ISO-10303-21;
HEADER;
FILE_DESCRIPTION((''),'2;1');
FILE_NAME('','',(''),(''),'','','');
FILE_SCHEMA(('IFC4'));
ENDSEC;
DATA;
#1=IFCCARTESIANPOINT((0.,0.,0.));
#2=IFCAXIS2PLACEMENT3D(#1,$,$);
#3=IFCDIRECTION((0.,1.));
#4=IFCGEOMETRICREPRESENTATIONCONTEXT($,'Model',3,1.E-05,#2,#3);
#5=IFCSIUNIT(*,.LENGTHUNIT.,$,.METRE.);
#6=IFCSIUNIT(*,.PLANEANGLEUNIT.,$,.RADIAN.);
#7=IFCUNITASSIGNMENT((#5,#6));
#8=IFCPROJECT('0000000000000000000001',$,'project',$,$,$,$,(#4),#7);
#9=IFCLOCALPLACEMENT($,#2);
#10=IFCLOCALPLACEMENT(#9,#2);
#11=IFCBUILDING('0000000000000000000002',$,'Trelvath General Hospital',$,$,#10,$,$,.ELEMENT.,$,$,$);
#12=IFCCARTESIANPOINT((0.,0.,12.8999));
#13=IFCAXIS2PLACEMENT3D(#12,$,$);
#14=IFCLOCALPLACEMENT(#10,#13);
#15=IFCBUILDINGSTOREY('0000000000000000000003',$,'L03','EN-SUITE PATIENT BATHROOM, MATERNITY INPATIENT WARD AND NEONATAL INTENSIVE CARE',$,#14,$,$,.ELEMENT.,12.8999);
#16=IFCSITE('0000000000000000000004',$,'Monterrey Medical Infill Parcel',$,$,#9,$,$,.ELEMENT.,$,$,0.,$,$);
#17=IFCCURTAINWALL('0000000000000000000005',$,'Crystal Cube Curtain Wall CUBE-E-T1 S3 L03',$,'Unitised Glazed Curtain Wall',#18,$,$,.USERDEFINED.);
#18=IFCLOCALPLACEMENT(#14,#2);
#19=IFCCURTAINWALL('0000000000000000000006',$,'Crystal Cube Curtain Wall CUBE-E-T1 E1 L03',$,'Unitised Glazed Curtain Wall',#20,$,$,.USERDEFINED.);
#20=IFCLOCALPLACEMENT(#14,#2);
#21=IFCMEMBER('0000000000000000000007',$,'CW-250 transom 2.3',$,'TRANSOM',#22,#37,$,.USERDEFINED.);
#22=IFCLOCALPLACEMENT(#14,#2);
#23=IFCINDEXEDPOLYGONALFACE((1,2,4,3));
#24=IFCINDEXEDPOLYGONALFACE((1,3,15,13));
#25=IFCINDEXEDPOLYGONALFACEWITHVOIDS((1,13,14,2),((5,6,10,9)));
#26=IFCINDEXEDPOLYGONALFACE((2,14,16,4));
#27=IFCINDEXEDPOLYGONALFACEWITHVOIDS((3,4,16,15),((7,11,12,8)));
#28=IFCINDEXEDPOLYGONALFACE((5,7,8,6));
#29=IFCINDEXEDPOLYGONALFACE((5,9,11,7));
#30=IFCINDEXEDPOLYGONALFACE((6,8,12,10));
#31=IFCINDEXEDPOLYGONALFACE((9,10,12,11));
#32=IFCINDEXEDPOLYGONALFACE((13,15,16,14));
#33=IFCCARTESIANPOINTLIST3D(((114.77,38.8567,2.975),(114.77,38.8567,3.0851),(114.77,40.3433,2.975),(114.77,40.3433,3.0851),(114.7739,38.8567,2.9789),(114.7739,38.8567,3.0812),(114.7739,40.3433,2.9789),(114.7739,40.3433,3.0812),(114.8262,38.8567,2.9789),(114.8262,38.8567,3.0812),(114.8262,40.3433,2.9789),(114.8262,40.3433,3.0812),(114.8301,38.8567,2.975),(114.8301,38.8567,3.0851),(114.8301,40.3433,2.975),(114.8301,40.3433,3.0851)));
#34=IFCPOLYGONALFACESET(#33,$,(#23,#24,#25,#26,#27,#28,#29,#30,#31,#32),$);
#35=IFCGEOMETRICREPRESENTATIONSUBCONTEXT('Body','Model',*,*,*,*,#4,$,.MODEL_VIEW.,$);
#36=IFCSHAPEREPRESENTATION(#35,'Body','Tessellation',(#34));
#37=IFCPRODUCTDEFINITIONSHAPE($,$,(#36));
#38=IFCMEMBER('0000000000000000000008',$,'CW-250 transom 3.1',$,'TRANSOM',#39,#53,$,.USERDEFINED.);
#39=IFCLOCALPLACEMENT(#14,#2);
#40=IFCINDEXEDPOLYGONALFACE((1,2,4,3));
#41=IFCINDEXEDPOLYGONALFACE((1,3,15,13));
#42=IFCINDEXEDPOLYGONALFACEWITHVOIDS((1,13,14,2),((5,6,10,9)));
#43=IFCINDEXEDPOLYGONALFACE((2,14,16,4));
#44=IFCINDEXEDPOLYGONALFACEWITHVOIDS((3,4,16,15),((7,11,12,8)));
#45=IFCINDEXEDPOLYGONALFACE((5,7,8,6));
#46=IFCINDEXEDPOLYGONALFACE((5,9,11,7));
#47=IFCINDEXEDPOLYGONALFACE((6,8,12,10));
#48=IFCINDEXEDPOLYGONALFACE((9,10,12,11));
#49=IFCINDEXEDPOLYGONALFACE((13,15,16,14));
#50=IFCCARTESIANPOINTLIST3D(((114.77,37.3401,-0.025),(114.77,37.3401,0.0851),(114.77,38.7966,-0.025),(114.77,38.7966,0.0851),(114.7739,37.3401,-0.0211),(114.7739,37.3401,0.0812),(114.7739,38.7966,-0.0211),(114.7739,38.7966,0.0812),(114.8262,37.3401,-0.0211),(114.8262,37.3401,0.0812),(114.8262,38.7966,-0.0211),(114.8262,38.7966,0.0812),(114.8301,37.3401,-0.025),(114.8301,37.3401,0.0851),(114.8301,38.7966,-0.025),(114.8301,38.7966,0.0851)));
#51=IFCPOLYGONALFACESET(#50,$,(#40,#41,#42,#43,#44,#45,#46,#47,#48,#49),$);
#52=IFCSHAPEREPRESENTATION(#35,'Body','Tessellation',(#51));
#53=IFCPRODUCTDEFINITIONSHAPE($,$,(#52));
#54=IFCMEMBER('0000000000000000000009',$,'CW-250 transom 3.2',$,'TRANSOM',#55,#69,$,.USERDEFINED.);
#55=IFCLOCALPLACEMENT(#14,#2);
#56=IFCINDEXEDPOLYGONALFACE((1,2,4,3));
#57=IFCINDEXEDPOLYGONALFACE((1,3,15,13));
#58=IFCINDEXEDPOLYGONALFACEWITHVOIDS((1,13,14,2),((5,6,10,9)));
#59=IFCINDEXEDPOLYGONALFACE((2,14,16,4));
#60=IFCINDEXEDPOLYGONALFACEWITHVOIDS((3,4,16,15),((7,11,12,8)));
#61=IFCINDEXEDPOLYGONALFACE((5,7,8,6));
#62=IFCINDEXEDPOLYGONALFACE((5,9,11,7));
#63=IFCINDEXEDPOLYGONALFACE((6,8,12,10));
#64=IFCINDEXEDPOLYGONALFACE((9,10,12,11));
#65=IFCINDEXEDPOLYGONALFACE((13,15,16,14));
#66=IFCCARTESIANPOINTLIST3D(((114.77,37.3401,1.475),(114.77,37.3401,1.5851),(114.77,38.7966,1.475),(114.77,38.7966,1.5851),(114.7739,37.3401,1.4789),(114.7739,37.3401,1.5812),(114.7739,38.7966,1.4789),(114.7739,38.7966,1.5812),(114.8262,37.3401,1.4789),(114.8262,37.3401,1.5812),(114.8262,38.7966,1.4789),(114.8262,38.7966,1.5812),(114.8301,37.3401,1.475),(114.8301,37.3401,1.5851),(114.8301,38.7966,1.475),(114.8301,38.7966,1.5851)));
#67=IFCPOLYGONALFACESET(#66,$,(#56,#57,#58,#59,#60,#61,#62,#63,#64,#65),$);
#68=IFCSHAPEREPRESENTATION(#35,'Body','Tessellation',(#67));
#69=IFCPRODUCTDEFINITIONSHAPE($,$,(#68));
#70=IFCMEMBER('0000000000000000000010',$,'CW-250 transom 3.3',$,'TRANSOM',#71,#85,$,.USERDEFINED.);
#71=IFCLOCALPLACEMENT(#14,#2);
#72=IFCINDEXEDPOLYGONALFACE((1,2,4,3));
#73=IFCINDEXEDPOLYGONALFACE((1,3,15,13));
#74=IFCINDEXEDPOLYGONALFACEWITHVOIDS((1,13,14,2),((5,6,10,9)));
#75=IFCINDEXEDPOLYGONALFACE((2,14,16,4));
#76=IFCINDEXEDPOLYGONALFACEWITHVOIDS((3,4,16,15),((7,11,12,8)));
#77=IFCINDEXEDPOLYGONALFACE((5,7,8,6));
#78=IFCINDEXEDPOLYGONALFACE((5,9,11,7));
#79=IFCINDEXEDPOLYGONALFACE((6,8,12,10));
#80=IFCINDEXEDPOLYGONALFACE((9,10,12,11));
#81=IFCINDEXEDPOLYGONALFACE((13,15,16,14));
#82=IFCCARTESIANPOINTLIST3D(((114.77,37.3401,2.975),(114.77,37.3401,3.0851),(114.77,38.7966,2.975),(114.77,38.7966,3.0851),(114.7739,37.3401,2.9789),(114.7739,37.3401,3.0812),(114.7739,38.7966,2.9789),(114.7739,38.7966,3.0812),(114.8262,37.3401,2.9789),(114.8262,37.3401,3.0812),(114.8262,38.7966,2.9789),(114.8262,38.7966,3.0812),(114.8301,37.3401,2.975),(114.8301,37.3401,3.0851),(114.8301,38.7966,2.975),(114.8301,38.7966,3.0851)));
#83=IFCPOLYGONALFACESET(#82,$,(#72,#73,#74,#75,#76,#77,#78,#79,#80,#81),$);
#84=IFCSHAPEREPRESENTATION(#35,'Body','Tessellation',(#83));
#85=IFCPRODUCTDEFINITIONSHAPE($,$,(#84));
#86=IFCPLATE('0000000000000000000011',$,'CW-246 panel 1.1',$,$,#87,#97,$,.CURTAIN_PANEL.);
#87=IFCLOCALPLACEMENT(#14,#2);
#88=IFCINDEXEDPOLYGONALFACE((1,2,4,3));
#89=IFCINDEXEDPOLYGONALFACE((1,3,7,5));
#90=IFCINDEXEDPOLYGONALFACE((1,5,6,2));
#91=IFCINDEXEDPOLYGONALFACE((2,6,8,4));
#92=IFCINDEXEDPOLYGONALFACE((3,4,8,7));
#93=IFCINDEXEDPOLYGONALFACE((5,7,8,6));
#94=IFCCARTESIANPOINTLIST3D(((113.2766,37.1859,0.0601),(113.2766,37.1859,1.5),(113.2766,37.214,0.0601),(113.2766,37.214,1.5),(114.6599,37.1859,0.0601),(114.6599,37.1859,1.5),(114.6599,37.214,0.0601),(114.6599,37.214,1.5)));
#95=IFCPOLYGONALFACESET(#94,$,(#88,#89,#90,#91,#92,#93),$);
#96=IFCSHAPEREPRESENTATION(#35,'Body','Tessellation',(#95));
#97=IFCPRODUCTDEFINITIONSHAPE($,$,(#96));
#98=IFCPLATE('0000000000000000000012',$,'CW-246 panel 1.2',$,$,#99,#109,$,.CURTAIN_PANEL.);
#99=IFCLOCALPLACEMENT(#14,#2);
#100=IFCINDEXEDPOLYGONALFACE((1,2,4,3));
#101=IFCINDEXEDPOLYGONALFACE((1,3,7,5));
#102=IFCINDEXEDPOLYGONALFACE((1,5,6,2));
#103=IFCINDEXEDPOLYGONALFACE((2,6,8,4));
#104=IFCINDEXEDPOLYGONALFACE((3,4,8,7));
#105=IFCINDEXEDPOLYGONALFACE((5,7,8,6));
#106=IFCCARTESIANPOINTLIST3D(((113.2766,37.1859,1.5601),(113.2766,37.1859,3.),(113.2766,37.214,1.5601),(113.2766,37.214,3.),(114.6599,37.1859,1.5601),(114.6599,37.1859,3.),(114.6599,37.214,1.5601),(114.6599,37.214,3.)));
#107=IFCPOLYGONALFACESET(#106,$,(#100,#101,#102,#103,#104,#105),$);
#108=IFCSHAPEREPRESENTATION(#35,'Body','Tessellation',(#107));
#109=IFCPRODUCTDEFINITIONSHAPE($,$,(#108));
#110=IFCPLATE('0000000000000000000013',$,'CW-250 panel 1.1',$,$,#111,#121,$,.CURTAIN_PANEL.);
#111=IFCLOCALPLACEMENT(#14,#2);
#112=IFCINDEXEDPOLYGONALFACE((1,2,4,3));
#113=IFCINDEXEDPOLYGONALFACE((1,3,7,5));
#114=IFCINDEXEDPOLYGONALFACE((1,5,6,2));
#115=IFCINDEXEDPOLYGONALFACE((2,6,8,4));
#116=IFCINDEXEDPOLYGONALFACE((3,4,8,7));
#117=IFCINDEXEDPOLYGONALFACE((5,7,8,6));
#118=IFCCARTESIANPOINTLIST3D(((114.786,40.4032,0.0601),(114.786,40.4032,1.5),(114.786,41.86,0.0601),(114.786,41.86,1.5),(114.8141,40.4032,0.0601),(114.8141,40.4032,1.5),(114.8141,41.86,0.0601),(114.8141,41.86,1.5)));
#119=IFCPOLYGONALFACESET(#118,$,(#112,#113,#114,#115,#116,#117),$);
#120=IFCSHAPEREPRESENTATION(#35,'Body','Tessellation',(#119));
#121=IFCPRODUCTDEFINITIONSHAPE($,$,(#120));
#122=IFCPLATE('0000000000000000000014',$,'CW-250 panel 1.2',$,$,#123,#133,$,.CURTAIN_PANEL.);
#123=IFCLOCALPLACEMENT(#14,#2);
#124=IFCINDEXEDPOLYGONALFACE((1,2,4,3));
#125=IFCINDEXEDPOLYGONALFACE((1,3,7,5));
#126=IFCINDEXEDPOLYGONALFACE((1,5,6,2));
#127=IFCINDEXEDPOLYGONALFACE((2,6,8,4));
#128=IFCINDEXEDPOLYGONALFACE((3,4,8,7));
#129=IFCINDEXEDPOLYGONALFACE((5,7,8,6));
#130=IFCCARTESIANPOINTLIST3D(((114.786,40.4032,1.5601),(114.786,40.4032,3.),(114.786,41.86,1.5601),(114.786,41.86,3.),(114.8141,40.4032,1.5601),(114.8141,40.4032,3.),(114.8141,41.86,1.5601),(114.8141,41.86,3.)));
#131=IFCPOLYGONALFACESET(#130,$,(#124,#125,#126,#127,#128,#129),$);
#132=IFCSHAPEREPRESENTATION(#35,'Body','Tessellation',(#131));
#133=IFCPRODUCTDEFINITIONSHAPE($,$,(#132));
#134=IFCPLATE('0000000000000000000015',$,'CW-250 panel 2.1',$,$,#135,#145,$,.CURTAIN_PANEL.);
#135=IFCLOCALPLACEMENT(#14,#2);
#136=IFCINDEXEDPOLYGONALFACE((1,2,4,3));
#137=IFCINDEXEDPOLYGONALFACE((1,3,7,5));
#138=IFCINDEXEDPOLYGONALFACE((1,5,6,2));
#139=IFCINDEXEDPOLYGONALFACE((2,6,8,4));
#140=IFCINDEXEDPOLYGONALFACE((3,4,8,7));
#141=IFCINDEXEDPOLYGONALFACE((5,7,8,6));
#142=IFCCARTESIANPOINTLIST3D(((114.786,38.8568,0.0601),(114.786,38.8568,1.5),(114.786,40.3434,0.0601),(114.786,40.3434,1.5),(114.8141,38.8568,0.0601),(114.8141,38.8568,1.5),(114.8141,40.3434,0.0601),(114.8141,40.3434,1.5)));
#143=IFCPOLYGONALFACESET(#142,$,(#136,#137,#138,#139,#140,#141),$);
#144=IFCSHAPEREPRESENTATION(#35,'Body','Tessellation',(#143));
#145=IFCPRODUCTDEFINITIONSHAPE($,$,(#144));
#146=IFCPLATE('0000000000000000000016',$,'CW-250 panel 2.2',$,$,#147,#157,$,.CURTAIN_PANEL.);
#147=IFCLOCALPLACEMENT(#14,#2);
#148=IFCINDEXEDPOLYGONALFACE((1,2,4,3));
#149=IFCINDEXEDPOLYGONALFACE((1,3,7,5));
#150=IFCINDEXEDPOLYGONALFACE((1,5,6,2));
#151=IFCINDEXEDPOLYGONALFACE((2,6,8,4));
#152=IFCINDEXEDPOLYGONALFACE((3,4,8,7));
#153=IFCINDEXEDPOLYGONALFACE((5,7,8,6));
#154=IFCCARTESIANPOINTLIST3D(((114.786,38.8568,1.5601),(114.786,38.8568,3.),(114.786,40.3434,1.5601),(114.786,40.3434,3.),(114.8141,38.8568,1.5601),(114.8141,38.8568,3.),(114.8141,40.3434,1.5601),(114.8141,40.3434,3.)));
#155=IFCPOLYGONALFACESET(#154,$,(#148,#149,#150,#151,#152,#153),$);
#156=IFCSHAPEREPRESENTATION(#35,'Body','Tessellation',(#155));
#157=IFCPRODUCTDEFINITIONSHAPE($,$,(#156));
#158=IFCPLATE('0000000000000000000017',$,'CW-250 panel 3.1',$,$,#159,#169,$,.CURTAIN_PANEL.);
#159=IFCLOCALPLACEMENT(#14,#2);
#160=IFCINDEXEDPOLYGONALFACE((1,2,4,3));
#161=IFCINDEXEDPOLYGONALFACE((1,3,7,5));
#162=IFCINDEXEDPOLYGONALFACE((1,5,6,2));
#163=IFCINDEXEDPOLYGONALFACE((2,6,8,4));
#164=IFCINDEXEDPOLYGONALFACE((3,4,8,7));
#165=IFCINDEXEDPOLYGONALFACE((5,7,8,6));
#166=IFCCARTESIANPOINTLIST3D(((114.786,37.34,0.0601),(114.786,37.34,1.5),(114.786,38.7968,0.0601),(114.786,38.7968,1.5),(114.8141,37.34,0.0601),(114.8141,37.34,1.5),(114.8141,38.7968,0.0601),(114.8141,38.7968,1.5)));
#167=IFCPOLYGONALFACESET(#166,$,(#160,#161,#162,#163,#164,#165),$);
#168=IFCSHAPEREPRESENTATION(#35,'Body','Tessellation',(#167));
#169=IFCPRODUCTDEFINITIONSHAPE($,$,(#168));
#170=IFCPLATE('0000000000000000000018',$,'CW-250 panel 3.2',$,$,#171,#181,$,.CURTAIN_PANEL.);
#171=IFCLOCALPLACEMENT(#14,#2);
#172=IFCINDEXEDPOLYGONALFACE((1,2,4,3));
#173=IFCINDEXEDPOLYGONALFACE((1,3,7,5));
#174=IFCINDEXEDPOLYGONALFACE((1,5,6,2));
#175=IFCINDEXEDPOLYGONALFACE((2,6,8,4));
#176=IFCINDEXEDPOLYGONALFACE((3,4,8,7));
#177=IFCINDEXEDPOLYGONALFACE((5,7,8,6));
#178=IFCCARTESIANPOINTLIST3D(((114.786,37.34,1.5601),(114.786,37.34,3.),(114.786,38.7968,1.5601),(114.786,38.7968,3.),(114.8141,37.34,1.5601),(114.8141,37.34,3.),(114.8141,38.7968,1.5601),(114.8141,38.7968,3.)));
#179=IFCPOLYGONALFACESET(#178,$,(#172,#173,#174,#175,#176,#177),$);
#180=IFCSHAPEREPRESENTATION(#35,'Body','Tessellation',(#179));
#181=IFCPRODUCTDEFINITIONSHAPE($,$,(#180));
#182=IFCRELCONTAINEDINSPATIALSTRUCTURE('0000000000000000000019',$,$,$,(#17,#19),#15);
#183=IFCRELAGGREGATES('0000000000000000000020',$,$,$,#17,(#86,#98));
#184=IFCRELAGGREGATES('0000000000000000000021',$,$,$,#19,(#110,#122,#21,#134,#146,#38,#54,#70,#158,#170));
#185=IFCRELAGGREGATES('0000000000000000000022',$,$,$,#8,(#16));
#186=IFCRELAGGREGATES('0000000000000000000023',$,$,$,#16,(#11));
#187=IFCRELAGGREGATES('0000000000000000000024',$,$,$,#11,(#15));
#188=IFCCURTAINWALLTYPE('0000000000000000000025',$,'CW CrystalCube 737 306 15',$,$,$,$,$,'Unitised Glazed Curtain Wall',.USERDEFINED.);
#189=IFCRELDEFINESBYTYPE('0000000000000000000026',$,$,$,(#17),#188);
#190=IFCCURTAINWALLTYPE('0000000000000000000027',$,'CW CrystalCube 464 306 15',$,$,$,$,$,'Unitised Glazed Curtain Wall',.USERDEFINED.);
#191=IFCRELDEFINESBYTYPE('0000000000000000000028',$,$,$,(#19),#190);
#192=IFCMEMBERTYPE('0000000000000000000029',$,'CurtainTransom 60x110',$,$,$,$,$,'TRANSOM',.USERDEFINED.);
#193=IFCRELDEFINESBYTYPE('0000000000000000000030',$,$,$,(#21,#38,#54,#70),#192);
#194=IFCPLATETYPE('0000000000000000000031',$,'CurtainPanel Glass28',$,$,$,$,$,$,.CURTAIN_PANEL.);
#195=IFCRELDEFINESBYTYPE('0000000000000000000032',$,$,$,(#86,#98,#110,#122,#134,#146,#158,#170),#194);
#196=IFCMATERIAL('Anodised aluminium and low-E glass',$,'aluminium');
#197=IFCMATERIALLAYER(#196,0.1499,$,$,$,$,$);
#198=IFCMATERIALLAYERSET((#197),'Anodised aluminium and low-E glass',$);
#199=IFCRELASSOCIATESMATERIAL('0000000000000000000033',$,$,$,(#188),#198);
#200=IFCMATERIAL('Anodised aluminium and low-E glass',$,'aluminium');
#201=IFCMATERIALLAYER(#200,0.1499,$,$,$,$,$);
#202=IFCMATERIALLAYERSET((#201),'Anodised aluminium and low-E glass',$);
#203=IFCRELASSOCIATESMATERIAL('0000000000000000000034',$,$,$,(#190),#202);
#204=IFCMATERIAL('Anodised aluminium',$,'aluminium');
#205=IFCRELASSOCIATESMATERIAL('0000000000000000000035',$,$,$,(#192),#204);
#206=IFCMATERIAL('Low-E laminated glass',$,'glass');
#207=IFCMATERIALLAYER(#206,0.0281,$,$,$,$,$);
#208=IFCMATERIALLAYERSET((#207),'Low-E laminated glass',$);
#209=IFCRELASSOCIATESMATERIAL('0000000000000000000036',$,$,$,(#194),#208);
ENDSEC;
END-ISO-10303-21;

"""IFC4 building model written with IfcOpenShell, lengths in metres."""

from ifc_helpers import new_model, si_unit, direction, frame, origin, origin_2d, place, context, subcontext, project, spatial, rectangle, hollow_rectangle, extrude, material, layer, layer_set, material_profile, profile_set, type_object, element, aggregate, save


model = new_model("IFC4")

# Units and contexts
model_context = context("Model", 3, precision=1e-05, world=origin(), true_north=direction((0.0, 1.0)))
body_context = subcontext(model_context, "Body", "Model", "MODEL_VIEW")
ifc_project = project(units=[si_unit("LENGTHUNIT", "METRE"), si_unit("PLANEANGLEUNIT", "RADIAN")], contexts=[model_context])

# Site, building, storey
site_placement = place(None, origin())
site = spatial("IfcSite", under=ifc_project, at=site_placement, Name="Monterrey Medical Infill Parcel", CompositionType="ELEMENT", RefElevation=0.0)
building_placement = place(site_placement, origin())
building = spatial("IfcBuilding", under=site, at=building_placement, Name="Trelvath General Hospital", CompositionType="ELEMENT")
storey_placement = place(building_placement, frame((0.0, 0.0, 12.8999)))
storey = spatial("IfcBuildingStorey", under=building, at=storey_placement, Name="L03", Description="EN-SUITE PATIENT BATHROOM, MATERNITY INPATIENT WARD AND NEONATAL INTENSIVE CARE", CompositionType="ELEMENT", Elevation=12.8999)

# Curtain wall
ifc_material_1 = material(Name="Anodised aluminium and low-E glass", Category="aluminium")
ifc_layer_1 = layer(ifc_material_1, 0.1499)
ifc_layer_set_1 = layer_set([ifc_layer_1], Name="Anodised aluminium and low-E glass")
curtain_wall_type_1 = type_object("IfcCurtainWallType", Name="CW CrystalCube 737 306 15", ElementType="Unitised Glazed Curtain Wall", PredefinedType="USERDEFINED", material=ifc_layer_set_1)
curtain_wall_1_placement = place(storey_placement, origin())
curtain_wall_1 = element("IfcCurtainWall", 1, at=curtain_wall_1_placement, inside=storey, type_object=curtain_wall_type_1, Name="Crystal Cube Curtain Wall CUBE-E-T1 S3 L03", ObjectType="Unitised Glazed Curtain Wall", PredefinedType="USERDEFINED")

# Curtain wall
ifc_material_2 = material(Name="Anodised aluminium and low-E glass", Category="aluminium")
ifc_layer_2 = layer(ifc_material_2, 0.1499)
ifc_layer_set_2 = layer_set([ifc_layer_2], Name="Anodised aluminium and low-E glass")
curtain_wall_type_2 = type_object("IfcCurtainWallType", Name="CW CrystalCube 464 306 15", ElementType="Unitised Glazed Curtain Wall", PredefinedType="USERDEFINED", material=ifc_layer_set_2)
curtain_wall_2_placement = place(storey_placement, origin())
curtain_wall_2 = element("IfcCurtainWall", 2, at=curtain_wall_2_placement, inside=storey, type_object=curtain_wall_type_2, Name="Crystal Cube Curtain Wall CUBE-E-T1 E1 L03", ObjectType="Unitised Glazed Curtain Wall", PredefinedType="USERDEFINED")

# Members
ifc_material_3 = material(Name="Anodised aluminium", Category="aluminium")
ifc_material_profile_1 = material_profile(ifc_material_3, hollow_rectangle(XDim=0.0601, YDim=0.1101, WallThickness=0.0039, at=origin_2d()), Name="RHS60x110x4")
ifc_profile_set_1 = profile_set([ifc_material_profile_1], Name="Anodised aluminium")
member_type_1 = type_object("IfcMemberType", Name="CurtainTransom 60x110", ElementType="TRANSOM", PredefinedType="USERDEFINED", material=ifc_profile_set_1)
member_1_placement = place(storey_placement, frame((114.8, 40.3433, 3.03), z_axis=(0.0, -1.0, 0.0), x_axis=(1.0, 0.0, 0.0)))
member_1 = element("IfcMember", 3, at=member_1_placement, type_object=member_type_1, Name="CW-250 transom 2.3", ObjectType="TRANSOM", PredefinedType="USERDEFINED", context=body_context, shape_type="SweptSolid", body=[
    extrude(hollow_rectangle(XDim=0.0601, YDim=0.1101, WallThickness=0.0039, at=origin_2d()), origin(), (0.0, 0.0, 1.0), 1.4866),
])
member_2_placement = place(storey_placement, frame((114.8, 38.7966, 0.03), z_axis=(0.0, -1.0, 0.0), x_axis=(1.0, 0.0, 0.0)))
member_2 = element("IfcMember", 4, at=member_2_placement, type_object=member_type_1, Name="CW-250 transom 3.1", ObjectType="TRANSOM", PredefinedType="USERDEFINED", context=body_context, shape_type="SweptSolid", body=[
    extrude(hollow_rectangle(XDim=0.0601, YDim=0.1101, WallThickness=0.0039, at=origin_2d()), origin(), (0.0, 0.0, 1.0), 1.4565),
])
member_3_placement = place(storey_placement, frame((114.8, 38.7966, 1.53), z_axis=(0.0, -1.0, 0.0), x_axis=(1.0, 0.0, 0.0)))
member_3 = element("IfcMember", 5, at=member_3_placement, type_object=member_type_1, Name="CW-250 transom 3.2", ObjectType="TRANSOM", PredefinedType="USERDEFINED", context=body_context, shape_type="SweptSolid", body=[
    extrude(hollow_rectangle(XDim=0.0601, YDim=0.1101, WallThickness=0.0039, at=origin_2d()), origin(), (0.0, 0.0, 1.0), 1.4565),
])
member_4_placement = place(storey_placement, frame((114.8, 38.7966, 3.03), z_axis=(0.0, -1.0, 0.0), x_axis=(1.0, 0.0, 0.0)))
member_4 = element("IfcMember", 6, at=member_4_placement, type_object=member_type_1, Name="CW-250 transom 3.3", ObjectType="TRANSOM", PredefinedType="USERDEFINED", context=body_context, shape_type="SweptSolid", body=[
    extrude(hollow_rectangle(XDim=0.0601, YDim=0.1101, WallThickness=0.0039, at=origin_2d()), origin(), (0.0, 0.0, 1.0), 1.4565),
])

# Plates
ifc_material_4 = material(Name="Low-E laminated glass", Category="glass")
ifc_layer_3 = layer(ifc_material_4, 0.0281)
ifc_layer_set_3 = layer_set([ifc_layer_3], Name="Low-E laminated glass")
plate_type = type_object("IfcPlateType", Name="CurtainPanel Glass28", PredefinedType="CURTAIN_PANEL", material=ifc_layer_set_3)
plate_1_placement = place(storey_placement, frame((113.9683, 37.2, 0.0601), z_axis=(0.0, 0.0, 1.0), x_axis=(-1.0, 0.0, 0.0)))
plate_1 = element("IfcPlate", 7, at=plate_1_placement, type_object=plate_type, Name="CW-246 panel 1.1", PredefinedType="CURTAIN_PANEL", context=body_context, shape_type="SweptSolid", body=[
    extrude(rectangle(XDim=1.3833, YDim=0.0281, at=origin_2d()), origin(), (0.0, 0.0, 1.0), 1.4399),
])
plate_2_placement = place(storey_placement, frame((113.9683, 37.2, 1.5601), z_axis=(0.0, 0.0, 1.0), x_axis=(-1.0, 0.0, 0.0)))
plate_2 = element("IfcPlate", 8, at=plate_2_placement, type_object=plate_type, Name="CW-246 panel 1.2", PredefinedType="CURTAIN_PANEL", context=body_context, shape_type="SweptSolid", body=[
    extrude(rectangle(XDim=1.3833, YDim=0.0281, at=origin_2d()), origin(), (0.0, 0.0, 1.0), 1.4399),
])
aggregate(curtain_wall_1, [plate_1, plate_2])
plate_3_placement = place(storey_placement, frame((114.8, 41.1316, 0.0601), z_axis=(0.0, 0.0, 1.0), x_axis=(0.0, -1.0, 0.0)))
plate_3 = element("IfcPlate", 9, at=plate_3_placement, type_object=plate_type, Name="CW-250 panel 1.1", PredefinedType="CURTAIN_PANEL", context=body_context, shape_type="SweptSolid", body=[
    extrude(rectangle(XDim=1.4568, YDim=0.0281, at=origin_2d()), origin(), (0.0, 0.0, 1.0), 1.4399),
])
plate_4_placement = place(storey_placement, frame((114.8, 41.1316, 1.5601), z_axis=(0.0, 0.0, 1.0), x_axis=(0.0, -1.0, 0.0)))
plate_4 = element("IfcPlate", 10, at=plate_4_placement, type_object=plate_type, Name="CW-250 panel 1.2", PredefinedType="CURTAIN_PANEL", context=body_context, shape_type="SweptSolid", body=[
    extrude(rectangle(XDim=1.4568, YDim=0.0281, at=origin_2d()), origin(), (0.0, 0.0, 1.0), 1.4399),
])
plate_5_placement = place(storey_placement, frame((114.8, 39.6001, 0.0601), z_axis=(0.0, 0.0, 1.0), x_axis=(0.0, -1.0, 0.0)))
plate_5 = element("IfcPlate", 11, at=plate_5_placement, type_object=plate_type, Name="CW-250 panel 2.1", PredefinedType="CURTAIN_PANEL", context=body_context, shape_type="SweptSolid", body=[
    extrude(rectangle(XDim=1.4866, YDim=0.0281, at=origin_2d()), origin(), (0.0, 0.0, 1.0), 1.4399),
])
plate_6_placement = place(storey_placement, frame((114.8, 39.6001, 1.5601), z_axis=(0.0, 0.0, 1.0), x_axis=(0.0, -1.0, 0.0)))
plate_6 = element("IfcPlate", 12, at=plate_6_placement, type_object=plate_type, Name="CW-250 panel 2.2", PredefinedType="CURTAIN_PANEL", context=body_context, shape_type="SweptSolid", body=[
    extrude(rectangle(XDim=1.4866, YDim=0.0281, at=origin_2d()), origin(), (0.0, 0.0, 1.0), 1.4399),
])
plate_7_placement = place(storey_placement, frame((114.8, 38.0684, 0.0601), z_axis=(0.0, 0.0, 1.0), x_axis=(0.0, -1.0, 0.0)))
plate_7 = element("IfcPlate", 13, at=plate_7_placement, type_object=plate_type, Name="CW-250 panel 3.1", PredefinedType="CURTAIN_PANEL", context=body_context, shape_type="SweptSolid", body=[
    extrude(rectangle(XDim=1.4568, YDim=0.0281, at=origin_2d()), origin(), (0.0, 0.0, 1.0), 1.4399),
])
plate_8_placement = place(storey_placement, frame((114.8, 38.0684, 1.5601), z_axis=(0.0, 0.0, 1.0), x_axis=(0.0, -1.0, 0.0)))
plate_8 = element("IfcPlate", 14, at=plate_8_placement, type_object=plate_type, Name="CW-250 panel 3.2", PredefinedType="CURTAIN_PANEL", context=body_context, shape_type="SweptSolid", body=[
    extrude(rectangle(XDim=1.4568, YDim=0.0281, at=origin_2d()), origin(), (0.0, 0.0, 1.0), 1.4399),
])
aggregate(curtain_wall_2, [plate_3, plate_4, member_1, plate_5, plate_6, member_2, member_3, member_4, plate_7, plate_8])

save(model, "model.ifc")
